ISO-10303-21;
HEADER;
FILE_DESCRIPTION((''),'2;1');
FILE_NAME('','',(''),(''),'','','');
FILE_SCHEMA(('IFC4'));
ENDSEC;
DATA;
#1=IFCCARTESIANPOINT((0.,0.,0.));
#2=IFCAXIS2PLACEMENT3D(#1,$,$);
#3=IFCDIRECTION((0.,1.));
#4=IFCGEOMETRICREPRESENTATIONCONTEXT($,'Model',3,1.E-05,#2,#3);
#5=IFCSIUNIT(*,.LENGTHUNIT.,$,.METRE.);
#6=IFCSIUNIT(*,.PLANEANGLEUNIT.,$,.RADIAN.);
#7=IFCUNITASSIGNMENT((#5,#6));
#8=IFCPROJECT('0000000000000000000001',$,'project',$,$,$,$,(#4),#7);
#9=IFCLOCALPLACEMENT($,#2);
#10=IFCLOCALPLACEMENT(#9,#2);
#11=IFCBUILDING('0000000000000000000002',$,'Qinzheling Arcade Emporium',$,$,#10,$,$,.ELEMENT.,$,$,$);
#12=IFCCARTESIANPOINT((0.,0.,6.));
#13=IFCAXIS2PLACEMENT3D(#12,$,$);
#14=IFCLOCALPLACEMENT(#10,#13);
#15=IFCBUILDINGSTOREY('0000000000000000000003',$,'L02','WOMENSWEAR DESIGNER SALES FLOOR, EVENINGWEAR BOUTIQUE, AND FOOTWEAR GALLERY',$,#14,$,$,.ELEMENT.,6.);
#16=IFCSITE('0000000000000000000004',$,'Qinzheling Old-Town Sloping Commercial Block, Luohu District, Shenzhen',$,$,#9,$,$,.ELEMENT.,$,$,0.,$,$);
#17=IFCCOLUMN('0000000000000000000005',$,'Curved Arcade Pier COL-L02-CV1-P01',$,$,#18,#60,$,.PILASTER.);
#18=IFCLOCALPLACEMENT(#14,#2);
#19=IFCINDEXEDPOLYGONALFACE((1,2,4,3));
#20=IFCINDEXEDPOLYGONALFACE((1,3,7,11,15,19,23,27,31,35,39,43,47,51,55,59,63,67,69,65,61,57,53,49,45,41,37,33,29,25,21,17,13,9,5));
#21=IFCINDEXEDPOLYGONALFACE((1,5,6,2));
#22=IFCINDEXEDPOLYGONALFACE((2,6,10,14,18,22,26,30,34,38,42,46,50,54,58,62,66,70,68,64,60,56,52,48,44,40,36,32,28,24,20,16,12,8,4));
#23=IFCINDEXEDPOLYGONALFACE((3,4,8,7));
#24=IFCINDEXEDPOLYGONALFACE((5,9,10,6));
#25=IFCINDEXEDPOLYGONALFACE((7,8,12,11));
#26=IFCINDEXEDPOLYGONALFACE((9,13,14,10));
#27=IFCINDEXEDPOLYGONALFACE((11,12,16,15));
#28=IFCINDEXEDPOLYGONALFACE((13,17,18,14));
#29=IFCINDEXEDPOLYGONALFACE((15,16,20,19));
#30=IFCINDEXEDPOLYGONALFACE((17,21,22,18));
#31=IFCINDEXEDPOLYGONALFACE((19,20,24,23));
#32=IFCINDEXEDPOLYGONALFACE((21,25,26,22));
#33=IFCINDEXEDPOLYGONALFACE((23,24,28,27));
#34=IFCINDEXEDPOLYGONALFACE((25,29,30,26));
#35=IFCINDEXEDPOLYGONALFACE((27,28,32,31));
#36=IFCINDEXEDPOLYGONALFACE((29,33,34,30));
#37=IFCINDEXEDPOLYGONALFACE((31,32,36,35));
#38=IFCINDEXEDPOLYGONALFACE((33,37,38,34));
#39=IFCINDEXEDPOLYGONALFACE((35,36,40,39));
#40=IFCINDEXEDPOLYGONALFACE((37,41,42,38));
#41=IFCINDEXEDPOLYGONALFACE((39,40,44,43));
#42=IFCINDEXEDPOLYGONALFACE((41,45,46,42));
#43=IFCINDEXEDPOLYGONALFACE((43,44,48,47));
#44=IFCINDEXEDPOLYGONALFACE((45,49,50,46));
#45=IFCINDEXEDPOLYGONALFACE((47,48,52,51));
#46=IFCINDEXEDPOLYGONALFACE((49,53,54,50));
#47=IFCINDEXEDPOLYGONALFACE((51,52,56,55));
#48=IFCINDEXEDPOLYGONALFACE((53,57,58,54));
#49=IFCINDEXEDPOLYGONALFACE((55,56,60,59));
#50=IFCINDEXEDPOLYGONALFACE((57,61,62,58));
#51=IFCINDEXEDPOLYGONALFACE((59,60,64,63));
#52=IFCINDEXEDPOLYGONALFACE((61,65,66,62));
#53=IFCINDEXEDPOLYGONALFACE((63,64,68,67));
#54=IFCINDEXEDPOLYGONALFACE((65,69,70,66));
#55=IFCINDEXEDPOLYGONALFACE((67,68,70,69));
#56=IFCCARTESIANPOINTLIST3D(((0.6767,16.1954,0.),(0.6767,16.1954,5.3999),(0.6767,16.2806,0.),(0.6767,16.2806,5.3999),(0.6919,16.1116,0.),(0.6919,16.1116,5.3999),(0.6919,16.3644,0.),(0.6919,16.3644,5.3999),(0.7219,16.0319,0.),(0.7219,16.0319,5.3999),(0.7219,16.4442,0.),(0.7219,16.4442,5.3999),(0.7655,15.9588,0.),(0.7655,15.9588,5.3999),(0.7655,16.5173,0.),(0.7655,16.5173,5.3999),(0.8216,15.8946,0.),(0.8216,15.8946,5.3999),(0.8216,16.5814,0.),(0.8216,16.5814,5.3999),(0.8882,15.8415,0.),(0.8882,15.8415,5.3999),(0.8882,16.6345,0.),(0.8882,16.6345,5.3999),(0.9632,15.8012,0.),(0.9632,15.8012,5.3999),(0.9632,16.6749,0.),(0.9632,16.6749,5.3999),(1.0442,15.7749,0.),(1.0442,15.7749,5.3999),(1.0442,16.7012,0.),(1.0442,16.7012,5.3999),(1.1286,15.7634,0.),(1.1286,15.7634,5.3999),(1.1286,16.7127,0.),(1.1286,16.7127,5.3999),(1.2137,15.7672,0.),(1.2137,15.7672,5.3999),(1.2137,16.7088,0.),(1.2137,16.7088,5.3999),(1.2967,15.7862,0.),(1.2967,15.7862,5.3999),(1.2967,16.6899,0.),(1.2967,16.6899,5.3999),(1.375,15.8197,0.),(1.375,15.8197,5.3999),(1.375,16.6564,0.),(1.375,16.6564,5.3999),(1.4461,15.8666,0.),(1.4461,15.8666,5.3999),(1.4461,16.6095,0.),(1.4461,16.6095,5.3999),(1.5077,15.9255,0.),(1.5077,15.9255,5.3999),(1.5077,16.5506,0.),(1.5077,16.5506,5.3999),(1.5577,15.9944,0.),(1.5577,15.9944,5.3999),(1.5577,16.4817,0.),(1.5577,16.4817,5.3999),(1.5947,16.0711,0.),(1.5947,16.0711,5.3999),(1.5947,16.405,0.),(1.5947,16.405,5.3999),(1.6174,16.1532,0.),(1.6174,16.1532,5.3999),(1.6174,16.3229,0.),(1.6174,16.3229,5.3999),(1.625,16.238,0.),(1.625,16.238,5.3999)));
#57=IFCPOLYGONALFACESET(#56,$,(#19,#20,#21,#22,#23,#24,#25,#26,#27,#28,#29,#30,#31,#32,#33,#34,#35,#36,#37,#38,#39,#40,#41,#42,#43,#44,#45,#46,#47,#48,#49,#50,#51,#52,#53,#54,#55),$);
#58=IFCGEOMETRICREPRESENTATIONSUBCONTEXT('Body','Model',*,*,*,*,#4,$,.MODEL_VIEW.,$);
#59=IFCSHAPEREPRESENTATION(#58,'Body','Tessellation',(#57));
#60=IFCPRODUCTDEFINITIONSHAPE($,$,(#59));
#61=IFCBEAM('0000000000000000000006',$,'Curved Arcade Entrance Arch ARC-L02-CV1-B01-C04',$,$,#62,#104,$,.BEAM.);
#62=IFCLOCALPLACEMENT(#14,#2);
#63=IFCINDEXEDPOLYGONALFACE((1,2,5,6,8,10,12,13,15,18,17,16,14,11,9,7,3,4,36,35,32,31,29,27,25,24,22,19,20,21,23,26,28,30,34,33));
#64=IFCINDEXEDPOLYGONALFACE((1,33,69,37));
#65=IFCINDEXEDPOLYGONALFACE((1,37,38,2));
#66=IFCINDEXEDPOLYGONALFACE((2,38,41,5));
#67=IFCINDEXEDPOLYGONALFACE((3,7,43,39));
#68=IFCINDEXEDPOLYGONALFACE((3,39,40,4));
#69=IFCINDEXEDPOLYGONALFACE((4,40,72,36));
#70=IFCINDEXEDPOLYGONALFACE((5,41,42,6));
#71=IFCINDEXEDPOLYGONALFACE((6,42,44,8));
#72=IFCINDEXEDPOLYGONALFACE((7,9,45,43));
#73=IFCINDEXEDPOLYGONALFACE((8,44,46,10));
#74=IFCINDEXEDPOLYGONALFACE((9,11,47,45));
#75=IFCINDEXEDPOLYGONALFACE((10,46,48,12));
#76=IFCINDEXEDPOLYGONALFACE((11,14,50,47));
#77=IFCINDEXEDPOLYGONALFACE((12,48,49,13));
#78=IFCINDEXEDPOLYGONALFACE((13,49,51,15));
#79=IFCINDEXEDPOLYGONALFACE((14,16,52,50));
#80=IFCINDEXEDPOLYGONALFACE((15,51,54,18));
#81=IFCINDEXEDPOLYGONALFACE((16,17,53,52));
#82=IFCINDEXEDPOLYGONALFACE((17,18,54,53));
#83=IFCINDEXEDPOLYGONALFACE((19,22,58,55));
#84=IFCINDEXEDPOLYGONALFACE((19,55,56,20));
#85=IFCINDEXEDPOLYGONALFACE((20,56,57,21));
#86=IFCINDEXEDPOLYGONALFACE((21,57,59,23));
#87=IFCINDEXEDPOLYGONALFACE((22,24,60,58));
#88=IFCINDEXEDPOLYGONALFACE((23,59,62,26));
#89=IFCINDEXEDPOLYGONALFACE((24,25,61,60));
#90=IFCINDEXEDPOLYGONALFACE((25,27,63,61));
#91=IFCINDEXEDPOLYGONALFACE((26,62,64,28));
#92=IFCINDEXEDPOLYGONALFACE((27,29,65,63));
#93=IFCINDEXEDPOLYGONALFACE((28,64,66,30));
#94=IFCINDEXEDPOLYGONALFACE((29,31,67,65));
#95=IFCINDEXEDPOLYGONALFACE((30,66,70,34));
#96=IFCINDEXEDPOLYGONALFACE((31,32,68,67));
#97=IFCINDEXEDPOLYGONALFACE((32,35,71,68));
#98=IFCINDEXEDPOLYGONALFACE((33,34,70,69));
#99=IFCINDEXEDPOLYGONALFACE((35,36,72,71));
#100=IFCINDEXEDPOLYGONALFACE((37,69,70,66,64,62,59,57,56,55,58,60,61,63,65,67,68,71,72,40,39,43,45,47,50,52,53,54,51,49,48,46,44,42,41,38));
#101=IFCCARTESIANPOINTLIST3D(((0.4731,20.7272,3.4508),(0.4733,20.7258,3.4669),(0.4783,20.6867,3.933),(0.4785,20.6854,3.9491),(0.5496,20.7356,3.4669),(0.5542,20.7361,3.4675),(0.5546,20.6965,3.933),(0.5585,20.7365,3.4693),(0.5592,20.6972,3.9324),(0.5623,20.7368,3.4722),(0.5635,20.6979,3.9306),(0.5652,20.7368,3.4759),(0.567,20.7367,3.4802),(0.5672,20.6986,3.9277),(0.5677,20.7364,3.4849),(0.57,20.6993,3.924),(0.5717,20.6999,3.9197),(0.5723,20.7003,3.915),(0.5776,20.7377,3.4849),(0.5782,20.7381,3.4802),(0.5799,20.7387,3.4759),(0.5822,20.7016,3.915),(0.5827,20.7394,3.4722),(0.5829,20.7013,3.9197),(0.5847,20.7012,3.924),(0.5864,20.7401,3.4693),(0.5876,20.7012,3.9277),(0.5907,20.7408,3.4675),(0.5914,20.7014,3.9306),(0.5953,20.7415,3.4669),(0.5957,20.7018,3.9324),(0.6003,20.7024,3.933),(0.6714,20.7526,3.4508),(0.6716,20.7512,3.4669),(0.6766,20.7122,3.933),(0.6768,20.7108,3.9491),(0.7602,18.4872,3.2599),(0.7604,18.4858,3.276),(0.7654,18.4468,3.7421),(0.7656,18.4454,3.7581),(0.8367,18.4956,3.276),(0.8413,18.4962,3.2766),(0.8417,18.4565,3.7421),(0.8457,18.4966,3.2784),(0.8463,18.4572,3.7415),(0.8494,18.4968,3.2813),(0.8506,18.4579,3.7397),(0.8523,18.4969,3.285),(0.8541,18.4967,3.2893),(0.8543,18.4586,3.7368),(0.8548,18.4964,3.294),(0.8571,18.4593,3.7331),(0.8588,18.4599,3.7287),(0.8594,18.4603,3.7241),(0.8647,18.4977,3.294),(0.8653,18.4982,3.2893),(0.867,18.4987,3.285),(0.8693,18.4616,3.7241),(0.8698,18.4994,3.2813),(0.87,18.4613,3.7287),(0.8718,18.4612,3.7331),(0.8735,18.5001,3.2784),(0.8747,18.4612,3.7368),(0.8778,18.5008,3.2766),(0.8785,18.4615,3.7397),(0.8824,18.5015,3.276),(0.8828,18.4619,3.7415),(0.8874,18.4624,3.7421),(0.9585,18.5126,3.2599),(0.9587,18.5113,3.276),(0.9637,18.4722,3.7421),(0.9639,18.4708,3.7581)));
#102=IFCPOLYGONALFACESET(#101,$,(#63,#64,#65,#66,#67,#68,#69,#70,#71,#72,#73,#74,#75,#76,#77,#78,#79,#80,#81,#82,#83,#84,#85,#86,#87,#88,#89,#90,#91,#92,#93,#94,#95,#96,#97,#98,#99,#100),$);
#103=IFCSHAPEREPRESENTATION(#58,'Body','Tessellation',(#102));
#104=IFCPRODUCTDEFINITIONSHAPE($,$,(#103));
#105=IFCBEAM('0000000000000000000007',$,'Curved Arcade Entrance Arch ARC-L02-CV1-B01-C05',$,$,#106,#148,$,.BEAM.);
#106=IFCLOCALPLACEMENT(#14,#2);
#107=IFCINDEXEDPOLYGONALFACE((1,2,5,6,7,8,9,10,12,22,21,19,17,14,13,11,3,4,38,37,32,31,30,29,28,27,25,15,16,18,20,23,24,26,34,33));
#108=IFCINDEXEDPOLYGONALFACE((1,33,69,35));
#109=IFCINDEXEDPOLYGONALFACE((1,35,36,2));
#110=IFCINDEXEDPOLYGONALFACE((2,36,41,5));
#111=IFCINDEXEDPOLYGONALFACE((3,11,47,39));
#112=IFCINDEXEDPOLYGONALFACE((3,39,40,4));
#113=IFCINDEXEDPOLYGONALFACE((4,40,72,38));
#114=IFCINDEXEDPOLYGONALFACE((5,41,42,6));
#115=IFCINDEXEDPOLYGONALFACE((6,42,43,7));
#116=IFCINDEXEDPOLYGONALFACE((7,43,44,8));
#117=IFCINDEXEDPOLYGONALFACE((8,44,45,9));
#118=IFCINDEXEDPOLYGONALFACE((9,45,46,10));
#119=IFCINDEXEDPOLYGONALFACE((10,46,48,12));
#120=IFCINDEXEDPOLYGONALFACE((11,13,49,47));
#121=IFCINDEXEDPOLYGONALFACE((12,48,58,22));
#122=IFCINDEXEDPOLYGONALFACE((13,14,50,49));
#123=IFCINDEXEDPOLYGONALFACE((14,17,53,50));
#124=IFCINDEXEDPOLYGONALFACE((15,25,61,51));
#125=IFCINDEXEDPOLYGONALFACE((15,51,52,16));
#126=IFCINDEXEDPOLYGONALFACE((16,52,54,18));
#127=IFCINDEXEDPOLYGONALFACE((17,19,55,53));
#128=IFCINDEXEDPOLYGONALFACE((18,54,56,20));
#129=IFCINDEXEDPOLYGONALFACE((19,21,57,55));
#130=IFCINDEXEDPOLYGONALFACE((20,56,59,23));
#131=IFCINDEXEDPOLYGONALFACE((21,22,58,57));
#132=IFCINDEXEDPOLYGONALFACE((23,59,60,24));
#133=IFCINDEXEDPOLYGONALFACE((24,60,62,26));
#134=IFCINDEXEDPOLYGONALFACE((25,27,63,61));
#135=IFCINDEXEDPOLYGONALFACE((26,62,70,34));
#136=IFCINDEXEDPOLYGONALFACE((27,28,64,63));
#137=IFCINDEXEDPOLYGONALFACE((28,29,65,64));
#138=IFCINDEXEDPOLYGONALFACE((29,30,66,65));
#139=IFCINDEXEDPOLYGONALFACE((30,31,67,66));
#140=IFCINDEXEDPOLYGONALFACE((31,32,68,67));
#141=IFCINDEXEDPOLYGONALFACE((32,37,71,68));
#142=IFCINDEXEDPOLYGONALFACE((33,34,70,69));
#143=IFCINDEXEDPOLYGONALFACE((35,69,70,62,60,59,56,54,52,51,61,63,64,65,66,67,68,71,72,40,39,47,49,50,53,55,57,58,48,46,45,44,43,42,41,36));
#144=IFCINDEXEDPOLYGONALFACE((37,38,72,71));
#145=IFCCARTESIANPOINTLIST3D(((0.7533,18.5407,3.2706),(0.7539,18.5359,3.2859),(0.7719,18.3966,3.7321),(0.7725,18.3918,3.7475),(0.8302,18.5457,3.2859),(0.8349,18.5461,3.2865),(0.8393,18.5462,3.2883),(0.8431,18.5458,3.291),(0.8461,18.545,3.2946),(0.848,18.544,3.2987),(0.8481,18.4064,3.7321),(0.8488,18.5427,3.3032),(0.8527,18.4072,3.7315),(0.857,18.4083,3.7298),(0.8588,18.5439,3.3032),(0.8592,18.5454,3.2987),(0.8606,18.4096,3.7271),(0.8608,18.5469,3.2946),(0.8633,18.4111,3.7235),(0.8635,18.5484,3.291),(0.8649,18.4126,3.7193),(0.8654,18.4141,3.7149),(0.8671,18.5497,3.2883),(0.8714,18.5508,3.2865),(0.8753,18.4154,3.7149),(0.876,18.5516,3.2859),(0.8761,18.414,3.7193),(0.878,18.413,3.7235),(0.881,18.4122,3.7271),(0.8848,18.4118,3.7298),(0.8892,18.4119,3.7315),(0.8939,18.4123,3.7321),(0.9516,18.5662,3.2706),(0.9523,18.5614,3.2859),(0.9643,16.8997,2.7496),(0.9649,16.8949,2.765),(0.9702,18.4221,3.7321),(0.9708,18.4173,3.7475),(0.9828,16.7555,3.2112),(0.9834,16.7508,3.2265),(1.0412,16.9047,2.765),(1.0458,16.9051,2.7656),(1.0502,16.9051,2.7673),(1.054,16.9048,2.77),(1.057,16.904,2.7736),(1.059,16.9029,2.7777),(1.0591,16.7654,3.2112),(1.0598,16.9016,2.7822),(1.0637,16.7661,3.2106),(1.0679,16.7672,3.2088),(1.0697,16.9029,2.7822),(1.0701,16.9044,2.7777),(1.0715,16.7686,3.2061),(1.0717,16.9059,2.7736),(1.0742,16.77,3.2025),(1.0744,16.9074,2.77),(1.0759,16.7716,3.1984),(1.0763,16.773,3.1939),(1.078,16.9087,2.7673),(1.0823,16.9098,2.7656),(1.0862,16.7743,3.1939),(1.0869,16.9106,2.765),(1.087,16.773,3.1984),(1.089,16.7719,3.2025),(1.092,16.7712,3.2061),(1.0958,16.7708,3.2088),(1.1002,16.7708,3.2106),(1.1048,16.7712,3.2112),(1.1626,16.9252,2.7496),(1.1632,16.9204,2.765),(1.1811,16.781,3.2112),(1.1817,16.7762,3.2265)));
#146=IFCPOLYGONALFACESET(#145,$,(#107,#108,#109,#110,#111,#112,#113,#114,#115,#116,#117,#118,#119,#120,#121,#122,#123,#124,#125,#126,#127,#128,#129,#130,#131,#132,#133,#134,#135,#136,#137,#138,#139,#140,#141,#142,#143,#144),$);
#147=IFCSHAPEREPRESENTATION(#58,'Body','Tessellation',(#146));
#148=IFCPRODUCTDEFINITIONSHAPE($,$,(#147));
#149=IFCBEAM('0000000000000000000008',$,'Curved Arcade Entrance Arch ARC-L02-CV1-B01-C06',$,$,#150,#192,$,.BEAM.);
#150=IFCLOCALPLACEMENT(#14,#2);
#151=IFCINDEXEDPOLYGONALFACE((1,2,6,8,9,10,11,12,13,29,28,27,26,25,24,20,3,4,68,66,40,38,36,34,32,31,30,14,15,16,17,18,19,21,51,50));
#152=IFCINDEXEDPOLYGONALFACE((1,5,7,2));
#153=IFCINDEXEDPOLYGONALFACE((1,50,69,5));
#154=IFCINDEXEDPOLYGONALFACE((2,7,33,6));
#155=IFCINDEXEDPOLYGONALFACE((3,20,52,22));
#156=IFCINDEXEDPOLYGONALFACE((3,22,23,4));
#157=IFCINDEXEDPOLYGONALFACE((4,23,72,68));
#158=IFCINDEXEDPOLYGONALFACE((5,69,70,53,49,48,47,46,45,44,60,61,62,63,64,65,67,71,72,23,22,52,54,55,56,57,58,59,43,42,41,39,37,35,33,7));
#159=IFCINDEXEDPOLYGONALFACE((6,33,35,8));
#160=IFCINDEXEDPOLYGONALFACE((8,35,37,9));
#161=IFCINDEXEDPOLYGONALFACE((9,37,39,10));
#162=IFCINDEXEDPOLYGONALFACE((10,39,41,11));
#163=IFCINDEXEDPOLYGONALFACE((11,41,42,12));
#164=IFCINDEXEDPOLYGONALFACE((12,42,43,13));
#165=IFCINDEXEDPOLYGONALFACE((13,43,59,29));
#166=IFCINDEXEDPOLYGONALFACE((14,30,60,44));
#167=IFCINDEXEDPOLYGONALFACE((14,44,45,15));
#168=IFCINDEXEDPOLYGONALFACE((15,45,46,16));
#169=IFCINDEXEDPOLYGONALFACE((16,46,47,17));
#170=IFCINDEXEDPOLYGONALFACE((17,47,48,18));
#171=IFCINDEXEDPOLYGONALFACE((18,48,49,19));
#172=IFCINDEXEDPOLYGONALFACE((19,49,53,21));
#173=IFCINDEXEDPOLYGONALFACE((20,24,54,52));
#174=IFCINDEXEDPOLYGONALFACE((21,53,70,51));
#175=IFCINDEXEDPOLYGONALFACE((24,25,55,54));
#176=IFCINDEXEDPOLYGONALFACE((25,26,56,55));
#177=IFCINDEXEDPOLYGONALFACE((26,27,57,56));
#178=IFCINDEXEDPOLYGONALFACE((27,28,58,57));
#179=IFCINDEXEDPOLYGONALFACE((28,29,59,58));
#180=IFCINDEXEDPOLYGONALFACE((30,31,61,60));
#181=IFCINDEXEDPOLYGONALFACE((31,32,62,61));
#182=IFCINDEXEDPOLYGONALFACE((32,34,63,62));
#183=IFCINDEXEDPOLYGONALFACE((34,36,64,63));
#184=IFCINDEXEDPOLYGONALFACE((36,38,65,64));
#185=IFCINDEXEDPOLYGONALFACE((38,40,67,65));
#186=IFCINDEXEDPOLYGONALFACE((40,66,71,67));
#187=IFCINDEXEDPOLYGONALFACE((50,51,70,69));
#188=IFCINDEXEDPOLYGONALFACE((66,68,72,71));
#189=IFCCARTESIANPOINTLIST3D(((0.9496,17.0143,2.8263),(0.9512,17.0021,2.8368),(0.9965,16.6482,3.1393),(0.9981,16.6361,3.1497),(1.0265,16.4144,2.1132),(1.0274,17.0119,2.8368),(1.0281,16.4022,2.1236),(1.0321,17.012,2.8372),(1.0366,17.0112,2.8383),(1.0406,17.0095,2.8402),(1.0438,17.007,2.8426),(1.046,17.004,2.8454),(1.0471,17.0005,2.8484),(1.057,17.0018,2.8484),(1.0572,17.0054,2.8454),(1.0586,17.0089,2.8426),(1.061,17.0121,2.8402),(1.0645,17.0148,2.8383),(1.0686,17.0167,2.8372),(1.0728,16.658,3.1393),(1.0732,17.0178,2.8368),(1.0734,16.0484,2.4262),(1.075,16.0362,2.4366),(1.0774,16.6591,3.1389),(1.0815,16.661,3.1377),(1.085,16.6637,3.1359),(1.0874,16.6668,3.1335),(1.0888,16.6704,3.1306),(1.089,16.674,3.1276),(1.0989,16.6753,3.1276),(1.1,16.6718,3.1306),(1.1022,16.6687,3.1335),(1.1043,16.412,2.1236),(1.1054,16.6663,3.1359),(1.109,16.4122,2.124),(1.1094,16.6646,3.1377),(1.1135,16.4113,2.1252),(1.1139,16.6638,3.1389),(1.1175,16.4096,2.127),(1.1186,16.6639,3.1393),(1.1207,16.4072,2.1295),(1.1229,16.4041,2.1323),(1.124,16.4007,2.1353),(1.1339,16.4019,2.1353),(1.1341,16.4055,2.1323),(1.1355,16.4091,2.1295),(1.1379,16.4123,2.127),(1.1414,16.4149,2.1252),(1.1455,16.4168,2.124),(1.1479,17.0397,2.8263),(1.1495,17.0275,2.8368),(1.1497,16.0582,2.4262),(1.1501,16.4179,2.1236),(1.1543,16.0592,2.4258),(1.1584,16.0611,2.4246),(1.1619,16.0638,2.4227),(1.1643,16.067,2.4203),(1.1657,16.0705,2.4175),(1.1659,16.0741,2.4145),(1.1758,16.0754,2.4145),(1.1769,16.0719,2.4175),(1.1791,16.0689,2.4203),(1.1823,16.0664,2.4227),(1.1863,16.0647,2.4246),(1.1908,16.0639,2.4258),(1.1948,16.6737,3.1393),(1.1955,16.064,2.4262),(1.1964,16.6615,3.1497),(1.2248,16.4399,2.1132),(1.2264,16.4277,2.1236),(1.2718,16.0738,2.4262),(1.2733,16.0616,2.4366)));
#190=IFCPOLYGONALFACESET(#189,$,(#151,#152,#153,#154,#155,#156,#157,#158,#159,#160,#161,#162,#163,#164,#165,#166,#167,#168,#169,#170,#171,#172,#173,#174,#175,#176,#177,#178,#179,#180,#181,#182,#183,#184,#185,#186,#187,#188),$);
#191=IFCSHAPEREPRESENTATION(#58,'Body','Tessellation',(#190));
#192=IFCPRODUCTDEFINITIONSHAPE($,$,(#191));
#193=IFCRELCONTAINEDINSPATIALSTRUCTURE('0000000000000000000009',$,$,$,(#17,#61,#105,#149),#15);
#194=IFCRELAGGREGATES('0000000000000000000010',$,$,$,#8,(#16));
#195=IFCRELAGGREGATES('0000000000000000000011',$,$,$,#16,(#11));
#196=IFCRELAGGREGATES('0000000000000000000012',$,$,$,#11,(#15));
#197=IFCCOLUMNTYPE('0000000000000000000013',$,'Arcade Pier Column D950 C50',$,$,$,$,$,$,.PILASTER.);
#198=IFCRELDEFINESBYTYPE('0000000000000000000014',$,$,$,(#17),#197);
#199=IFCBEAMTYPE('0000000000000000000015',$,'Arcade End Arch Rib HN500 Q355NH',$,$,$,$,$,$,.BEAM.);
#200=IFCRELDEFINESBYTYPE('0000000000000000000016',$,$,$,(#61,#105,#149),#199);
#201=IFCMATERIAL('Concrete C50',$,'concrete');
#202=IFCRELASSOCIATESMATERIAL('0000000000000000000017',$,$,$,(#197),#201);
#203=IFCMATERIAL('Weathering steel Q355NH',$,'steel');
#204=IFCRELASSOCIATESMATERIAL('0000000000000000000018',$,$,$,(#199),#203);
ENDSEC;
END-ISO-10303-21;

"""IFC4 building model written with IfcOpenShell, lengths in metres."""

from ifc_helpers import new_model, si_unit, direction, frame, origin, origin_2d, place, context, subcontext, project, spatial, circle, i_section, extrude, material, material_profile, profile_set, type_object, element, save


model = new_model("IFC4")

# Units and contexts
model_context = context("Model", 3, precision=1e-05, world=origin(), true_north=direction((0.0, 1.0)))
body_context = subcontext(model_context, "Body", "Model", "MODEL_VIEW")
ifc_project = project(units=[si_unit("LENGTHUNIT", "METRE"), si_unit("PLANEANGLEUNIT", "RADIAN")], contexts=[model_context])

# Site, building, storey
site_placement = place(None, origin())
site = spatial("IfcSite", under=ifc_project, at=site_placement, Name="Qinzheling Old-Town Sloping Commercial Block, Luohu District, Shenzhen", CompositionType="ELEMENT", RefElevation=0.0)
building_placement = place(site_placement, origin())
building = spatial("IfcBuilding", under=site, at=building_placement, Name="Qinzheling Arcade Emporium", CompositionType="ELEMENT")
storey_placement = place(building_placement, frame((0.0, 0.0, 6.0)))
storey = spatial("IfcBuildingStorey", under=building, at=storey_placement, Name="L02", Description="WOMENSWEAR DESIGNER SALES FLOOR, EVENINGWEAR BOUTIQUE, AND FOOTWEAR GALLERY", CompositionType="ELEMENT", Elevation=6.0)

# Column
ifc_material_1 = material(Name="Concrete C50", Category="concrete")
ifc_material_profile_1 = material_profile(ifc_material_1, circle(Radius=0.4751, at=origin_2d()), Name="RC D950", Category="concrete")
ifc_profile_set_1 = profile_set([ifc_material_profile_1], Name="Concrete C50")
column_type = type_object("IfcColumnType", Name="Arcade Pier Column D950 C50", PredefinedType="PILASTER", material=ifc_profile_set_1)
column_placement = place(storey_placement, frame((1.1499, 16.238, 0.0), z_axis=(0.0, 0.0, 1.0), x_axis=(1.0, 0.0, 0.0)))
element("IfcColumn", 1, at=column_placement, inside=storey, type_object=column_type, Name="Curved Arcade Pier COL-L02-CV1-P01", PredefinedType="PILASTER", context=body_context, shape_type="SweptSolid", body=[
    extrude(circle(Radius=0.4751, at=origin_2d()), origin(), (0.0, 0.0, 1.0), 5.3999),
])

# Beams
ifc_material_2 = material(Name="Weathering steel Q355NH", Category="steel")
ifc_material_profile_2 = material_profile(ifc_material_2, i_section(OverallWidth=0.2, OverallDepth=0.5, WebThickness=0.01, FlangeThickness=0.0161, FilletRadius=0.0181, at=origin_2d()), Name="HN 500x200x10x16", Category="steel")
ifc_profile_set_2 = profile_set([ifc_material_profile_2], Name="Weathering steel Q355NH")
beam_type_1 = type_object("IfcBeamType", Name="Arcade End Arch Rib HN500 Q355NH", PredefinedType="BEAM", material=ifc_profile_set_2)
beam_1_placement = place(storey_placement, frame((0.575, 20.719, 3.7), z_axis=(0.126682, -0.98836, -0.08424), x_axis=(0.991886, 0.127134, 0.0)))
element("IfcBeam", 2, at=beam_1_placement, inside=storey, type_object=beam_type_1, Name="Curved Arcade Entrance Arch ARC-L02-CV1-B01-C04", PredefinedType="BEAM", context=body_context, shape_type="SweptSolid", body=[
    extrude(i_section(OverallWidth=0.2, OverallDepth=0.5, WebThickness=0.01, FlangeThickness=0.0161, FilletRadius=0.0181, at=origin_2d()), origin(), (0.0, 0.0, 1.0), 2.2664),
])
beam_2_placement = place(storey_placement, frame((0.8621, 18.479, 3.509), z_axis=(0.121599, -0.94605, -0.300338), x_axis=(0.991841, 0.127484, 0.0)))
element("IfcBeam", 3, at=beam_2_placement, inside=storey, type_object=beam_type_1, Name="Curved Arcade Entrance Arch ARC-L02-CV1-B01-C05", PredefinedType="BEAM", context=body_context, shape_type="SweptSolid", body=[
    extrude(i_section(OverallWidth=0.2, OverallDepth=0.5, WebThickness=0.01, FlangeThickness=0.0161, FilletRadius=0.0181, at=origin_2d()), origin(), (0.0, 0.0, 1.0), 1.7346),
])
beam_3_placement = place(storey_placement, frame((1.073, 16.8379, 2.988), z_axis=(0.082247, -0.641527, -0.762678), x_axis=(0.991882, 0.127164, 0.0)))
element("IfcBeam", 4, at=beam_3_placement, inside=storey, type_object=beam_type_1, Name="Curved Arcade Entrance Arch ARC-L02-CV1-B01-C06", PredefinedType="BEAM", context=body_context, shape_type="SweptSolid", body=[
    extrude(i_section(OverallWidth=0.2, OverallDepth=0.5, WebThickness=0.01, FlangeThickness=0.0161, FilletRadius=0.0181, at=origin_2d()), origin(), (0.0, 0.0, 1.0), 0.9351),
])

save(model, "model.ifc")
